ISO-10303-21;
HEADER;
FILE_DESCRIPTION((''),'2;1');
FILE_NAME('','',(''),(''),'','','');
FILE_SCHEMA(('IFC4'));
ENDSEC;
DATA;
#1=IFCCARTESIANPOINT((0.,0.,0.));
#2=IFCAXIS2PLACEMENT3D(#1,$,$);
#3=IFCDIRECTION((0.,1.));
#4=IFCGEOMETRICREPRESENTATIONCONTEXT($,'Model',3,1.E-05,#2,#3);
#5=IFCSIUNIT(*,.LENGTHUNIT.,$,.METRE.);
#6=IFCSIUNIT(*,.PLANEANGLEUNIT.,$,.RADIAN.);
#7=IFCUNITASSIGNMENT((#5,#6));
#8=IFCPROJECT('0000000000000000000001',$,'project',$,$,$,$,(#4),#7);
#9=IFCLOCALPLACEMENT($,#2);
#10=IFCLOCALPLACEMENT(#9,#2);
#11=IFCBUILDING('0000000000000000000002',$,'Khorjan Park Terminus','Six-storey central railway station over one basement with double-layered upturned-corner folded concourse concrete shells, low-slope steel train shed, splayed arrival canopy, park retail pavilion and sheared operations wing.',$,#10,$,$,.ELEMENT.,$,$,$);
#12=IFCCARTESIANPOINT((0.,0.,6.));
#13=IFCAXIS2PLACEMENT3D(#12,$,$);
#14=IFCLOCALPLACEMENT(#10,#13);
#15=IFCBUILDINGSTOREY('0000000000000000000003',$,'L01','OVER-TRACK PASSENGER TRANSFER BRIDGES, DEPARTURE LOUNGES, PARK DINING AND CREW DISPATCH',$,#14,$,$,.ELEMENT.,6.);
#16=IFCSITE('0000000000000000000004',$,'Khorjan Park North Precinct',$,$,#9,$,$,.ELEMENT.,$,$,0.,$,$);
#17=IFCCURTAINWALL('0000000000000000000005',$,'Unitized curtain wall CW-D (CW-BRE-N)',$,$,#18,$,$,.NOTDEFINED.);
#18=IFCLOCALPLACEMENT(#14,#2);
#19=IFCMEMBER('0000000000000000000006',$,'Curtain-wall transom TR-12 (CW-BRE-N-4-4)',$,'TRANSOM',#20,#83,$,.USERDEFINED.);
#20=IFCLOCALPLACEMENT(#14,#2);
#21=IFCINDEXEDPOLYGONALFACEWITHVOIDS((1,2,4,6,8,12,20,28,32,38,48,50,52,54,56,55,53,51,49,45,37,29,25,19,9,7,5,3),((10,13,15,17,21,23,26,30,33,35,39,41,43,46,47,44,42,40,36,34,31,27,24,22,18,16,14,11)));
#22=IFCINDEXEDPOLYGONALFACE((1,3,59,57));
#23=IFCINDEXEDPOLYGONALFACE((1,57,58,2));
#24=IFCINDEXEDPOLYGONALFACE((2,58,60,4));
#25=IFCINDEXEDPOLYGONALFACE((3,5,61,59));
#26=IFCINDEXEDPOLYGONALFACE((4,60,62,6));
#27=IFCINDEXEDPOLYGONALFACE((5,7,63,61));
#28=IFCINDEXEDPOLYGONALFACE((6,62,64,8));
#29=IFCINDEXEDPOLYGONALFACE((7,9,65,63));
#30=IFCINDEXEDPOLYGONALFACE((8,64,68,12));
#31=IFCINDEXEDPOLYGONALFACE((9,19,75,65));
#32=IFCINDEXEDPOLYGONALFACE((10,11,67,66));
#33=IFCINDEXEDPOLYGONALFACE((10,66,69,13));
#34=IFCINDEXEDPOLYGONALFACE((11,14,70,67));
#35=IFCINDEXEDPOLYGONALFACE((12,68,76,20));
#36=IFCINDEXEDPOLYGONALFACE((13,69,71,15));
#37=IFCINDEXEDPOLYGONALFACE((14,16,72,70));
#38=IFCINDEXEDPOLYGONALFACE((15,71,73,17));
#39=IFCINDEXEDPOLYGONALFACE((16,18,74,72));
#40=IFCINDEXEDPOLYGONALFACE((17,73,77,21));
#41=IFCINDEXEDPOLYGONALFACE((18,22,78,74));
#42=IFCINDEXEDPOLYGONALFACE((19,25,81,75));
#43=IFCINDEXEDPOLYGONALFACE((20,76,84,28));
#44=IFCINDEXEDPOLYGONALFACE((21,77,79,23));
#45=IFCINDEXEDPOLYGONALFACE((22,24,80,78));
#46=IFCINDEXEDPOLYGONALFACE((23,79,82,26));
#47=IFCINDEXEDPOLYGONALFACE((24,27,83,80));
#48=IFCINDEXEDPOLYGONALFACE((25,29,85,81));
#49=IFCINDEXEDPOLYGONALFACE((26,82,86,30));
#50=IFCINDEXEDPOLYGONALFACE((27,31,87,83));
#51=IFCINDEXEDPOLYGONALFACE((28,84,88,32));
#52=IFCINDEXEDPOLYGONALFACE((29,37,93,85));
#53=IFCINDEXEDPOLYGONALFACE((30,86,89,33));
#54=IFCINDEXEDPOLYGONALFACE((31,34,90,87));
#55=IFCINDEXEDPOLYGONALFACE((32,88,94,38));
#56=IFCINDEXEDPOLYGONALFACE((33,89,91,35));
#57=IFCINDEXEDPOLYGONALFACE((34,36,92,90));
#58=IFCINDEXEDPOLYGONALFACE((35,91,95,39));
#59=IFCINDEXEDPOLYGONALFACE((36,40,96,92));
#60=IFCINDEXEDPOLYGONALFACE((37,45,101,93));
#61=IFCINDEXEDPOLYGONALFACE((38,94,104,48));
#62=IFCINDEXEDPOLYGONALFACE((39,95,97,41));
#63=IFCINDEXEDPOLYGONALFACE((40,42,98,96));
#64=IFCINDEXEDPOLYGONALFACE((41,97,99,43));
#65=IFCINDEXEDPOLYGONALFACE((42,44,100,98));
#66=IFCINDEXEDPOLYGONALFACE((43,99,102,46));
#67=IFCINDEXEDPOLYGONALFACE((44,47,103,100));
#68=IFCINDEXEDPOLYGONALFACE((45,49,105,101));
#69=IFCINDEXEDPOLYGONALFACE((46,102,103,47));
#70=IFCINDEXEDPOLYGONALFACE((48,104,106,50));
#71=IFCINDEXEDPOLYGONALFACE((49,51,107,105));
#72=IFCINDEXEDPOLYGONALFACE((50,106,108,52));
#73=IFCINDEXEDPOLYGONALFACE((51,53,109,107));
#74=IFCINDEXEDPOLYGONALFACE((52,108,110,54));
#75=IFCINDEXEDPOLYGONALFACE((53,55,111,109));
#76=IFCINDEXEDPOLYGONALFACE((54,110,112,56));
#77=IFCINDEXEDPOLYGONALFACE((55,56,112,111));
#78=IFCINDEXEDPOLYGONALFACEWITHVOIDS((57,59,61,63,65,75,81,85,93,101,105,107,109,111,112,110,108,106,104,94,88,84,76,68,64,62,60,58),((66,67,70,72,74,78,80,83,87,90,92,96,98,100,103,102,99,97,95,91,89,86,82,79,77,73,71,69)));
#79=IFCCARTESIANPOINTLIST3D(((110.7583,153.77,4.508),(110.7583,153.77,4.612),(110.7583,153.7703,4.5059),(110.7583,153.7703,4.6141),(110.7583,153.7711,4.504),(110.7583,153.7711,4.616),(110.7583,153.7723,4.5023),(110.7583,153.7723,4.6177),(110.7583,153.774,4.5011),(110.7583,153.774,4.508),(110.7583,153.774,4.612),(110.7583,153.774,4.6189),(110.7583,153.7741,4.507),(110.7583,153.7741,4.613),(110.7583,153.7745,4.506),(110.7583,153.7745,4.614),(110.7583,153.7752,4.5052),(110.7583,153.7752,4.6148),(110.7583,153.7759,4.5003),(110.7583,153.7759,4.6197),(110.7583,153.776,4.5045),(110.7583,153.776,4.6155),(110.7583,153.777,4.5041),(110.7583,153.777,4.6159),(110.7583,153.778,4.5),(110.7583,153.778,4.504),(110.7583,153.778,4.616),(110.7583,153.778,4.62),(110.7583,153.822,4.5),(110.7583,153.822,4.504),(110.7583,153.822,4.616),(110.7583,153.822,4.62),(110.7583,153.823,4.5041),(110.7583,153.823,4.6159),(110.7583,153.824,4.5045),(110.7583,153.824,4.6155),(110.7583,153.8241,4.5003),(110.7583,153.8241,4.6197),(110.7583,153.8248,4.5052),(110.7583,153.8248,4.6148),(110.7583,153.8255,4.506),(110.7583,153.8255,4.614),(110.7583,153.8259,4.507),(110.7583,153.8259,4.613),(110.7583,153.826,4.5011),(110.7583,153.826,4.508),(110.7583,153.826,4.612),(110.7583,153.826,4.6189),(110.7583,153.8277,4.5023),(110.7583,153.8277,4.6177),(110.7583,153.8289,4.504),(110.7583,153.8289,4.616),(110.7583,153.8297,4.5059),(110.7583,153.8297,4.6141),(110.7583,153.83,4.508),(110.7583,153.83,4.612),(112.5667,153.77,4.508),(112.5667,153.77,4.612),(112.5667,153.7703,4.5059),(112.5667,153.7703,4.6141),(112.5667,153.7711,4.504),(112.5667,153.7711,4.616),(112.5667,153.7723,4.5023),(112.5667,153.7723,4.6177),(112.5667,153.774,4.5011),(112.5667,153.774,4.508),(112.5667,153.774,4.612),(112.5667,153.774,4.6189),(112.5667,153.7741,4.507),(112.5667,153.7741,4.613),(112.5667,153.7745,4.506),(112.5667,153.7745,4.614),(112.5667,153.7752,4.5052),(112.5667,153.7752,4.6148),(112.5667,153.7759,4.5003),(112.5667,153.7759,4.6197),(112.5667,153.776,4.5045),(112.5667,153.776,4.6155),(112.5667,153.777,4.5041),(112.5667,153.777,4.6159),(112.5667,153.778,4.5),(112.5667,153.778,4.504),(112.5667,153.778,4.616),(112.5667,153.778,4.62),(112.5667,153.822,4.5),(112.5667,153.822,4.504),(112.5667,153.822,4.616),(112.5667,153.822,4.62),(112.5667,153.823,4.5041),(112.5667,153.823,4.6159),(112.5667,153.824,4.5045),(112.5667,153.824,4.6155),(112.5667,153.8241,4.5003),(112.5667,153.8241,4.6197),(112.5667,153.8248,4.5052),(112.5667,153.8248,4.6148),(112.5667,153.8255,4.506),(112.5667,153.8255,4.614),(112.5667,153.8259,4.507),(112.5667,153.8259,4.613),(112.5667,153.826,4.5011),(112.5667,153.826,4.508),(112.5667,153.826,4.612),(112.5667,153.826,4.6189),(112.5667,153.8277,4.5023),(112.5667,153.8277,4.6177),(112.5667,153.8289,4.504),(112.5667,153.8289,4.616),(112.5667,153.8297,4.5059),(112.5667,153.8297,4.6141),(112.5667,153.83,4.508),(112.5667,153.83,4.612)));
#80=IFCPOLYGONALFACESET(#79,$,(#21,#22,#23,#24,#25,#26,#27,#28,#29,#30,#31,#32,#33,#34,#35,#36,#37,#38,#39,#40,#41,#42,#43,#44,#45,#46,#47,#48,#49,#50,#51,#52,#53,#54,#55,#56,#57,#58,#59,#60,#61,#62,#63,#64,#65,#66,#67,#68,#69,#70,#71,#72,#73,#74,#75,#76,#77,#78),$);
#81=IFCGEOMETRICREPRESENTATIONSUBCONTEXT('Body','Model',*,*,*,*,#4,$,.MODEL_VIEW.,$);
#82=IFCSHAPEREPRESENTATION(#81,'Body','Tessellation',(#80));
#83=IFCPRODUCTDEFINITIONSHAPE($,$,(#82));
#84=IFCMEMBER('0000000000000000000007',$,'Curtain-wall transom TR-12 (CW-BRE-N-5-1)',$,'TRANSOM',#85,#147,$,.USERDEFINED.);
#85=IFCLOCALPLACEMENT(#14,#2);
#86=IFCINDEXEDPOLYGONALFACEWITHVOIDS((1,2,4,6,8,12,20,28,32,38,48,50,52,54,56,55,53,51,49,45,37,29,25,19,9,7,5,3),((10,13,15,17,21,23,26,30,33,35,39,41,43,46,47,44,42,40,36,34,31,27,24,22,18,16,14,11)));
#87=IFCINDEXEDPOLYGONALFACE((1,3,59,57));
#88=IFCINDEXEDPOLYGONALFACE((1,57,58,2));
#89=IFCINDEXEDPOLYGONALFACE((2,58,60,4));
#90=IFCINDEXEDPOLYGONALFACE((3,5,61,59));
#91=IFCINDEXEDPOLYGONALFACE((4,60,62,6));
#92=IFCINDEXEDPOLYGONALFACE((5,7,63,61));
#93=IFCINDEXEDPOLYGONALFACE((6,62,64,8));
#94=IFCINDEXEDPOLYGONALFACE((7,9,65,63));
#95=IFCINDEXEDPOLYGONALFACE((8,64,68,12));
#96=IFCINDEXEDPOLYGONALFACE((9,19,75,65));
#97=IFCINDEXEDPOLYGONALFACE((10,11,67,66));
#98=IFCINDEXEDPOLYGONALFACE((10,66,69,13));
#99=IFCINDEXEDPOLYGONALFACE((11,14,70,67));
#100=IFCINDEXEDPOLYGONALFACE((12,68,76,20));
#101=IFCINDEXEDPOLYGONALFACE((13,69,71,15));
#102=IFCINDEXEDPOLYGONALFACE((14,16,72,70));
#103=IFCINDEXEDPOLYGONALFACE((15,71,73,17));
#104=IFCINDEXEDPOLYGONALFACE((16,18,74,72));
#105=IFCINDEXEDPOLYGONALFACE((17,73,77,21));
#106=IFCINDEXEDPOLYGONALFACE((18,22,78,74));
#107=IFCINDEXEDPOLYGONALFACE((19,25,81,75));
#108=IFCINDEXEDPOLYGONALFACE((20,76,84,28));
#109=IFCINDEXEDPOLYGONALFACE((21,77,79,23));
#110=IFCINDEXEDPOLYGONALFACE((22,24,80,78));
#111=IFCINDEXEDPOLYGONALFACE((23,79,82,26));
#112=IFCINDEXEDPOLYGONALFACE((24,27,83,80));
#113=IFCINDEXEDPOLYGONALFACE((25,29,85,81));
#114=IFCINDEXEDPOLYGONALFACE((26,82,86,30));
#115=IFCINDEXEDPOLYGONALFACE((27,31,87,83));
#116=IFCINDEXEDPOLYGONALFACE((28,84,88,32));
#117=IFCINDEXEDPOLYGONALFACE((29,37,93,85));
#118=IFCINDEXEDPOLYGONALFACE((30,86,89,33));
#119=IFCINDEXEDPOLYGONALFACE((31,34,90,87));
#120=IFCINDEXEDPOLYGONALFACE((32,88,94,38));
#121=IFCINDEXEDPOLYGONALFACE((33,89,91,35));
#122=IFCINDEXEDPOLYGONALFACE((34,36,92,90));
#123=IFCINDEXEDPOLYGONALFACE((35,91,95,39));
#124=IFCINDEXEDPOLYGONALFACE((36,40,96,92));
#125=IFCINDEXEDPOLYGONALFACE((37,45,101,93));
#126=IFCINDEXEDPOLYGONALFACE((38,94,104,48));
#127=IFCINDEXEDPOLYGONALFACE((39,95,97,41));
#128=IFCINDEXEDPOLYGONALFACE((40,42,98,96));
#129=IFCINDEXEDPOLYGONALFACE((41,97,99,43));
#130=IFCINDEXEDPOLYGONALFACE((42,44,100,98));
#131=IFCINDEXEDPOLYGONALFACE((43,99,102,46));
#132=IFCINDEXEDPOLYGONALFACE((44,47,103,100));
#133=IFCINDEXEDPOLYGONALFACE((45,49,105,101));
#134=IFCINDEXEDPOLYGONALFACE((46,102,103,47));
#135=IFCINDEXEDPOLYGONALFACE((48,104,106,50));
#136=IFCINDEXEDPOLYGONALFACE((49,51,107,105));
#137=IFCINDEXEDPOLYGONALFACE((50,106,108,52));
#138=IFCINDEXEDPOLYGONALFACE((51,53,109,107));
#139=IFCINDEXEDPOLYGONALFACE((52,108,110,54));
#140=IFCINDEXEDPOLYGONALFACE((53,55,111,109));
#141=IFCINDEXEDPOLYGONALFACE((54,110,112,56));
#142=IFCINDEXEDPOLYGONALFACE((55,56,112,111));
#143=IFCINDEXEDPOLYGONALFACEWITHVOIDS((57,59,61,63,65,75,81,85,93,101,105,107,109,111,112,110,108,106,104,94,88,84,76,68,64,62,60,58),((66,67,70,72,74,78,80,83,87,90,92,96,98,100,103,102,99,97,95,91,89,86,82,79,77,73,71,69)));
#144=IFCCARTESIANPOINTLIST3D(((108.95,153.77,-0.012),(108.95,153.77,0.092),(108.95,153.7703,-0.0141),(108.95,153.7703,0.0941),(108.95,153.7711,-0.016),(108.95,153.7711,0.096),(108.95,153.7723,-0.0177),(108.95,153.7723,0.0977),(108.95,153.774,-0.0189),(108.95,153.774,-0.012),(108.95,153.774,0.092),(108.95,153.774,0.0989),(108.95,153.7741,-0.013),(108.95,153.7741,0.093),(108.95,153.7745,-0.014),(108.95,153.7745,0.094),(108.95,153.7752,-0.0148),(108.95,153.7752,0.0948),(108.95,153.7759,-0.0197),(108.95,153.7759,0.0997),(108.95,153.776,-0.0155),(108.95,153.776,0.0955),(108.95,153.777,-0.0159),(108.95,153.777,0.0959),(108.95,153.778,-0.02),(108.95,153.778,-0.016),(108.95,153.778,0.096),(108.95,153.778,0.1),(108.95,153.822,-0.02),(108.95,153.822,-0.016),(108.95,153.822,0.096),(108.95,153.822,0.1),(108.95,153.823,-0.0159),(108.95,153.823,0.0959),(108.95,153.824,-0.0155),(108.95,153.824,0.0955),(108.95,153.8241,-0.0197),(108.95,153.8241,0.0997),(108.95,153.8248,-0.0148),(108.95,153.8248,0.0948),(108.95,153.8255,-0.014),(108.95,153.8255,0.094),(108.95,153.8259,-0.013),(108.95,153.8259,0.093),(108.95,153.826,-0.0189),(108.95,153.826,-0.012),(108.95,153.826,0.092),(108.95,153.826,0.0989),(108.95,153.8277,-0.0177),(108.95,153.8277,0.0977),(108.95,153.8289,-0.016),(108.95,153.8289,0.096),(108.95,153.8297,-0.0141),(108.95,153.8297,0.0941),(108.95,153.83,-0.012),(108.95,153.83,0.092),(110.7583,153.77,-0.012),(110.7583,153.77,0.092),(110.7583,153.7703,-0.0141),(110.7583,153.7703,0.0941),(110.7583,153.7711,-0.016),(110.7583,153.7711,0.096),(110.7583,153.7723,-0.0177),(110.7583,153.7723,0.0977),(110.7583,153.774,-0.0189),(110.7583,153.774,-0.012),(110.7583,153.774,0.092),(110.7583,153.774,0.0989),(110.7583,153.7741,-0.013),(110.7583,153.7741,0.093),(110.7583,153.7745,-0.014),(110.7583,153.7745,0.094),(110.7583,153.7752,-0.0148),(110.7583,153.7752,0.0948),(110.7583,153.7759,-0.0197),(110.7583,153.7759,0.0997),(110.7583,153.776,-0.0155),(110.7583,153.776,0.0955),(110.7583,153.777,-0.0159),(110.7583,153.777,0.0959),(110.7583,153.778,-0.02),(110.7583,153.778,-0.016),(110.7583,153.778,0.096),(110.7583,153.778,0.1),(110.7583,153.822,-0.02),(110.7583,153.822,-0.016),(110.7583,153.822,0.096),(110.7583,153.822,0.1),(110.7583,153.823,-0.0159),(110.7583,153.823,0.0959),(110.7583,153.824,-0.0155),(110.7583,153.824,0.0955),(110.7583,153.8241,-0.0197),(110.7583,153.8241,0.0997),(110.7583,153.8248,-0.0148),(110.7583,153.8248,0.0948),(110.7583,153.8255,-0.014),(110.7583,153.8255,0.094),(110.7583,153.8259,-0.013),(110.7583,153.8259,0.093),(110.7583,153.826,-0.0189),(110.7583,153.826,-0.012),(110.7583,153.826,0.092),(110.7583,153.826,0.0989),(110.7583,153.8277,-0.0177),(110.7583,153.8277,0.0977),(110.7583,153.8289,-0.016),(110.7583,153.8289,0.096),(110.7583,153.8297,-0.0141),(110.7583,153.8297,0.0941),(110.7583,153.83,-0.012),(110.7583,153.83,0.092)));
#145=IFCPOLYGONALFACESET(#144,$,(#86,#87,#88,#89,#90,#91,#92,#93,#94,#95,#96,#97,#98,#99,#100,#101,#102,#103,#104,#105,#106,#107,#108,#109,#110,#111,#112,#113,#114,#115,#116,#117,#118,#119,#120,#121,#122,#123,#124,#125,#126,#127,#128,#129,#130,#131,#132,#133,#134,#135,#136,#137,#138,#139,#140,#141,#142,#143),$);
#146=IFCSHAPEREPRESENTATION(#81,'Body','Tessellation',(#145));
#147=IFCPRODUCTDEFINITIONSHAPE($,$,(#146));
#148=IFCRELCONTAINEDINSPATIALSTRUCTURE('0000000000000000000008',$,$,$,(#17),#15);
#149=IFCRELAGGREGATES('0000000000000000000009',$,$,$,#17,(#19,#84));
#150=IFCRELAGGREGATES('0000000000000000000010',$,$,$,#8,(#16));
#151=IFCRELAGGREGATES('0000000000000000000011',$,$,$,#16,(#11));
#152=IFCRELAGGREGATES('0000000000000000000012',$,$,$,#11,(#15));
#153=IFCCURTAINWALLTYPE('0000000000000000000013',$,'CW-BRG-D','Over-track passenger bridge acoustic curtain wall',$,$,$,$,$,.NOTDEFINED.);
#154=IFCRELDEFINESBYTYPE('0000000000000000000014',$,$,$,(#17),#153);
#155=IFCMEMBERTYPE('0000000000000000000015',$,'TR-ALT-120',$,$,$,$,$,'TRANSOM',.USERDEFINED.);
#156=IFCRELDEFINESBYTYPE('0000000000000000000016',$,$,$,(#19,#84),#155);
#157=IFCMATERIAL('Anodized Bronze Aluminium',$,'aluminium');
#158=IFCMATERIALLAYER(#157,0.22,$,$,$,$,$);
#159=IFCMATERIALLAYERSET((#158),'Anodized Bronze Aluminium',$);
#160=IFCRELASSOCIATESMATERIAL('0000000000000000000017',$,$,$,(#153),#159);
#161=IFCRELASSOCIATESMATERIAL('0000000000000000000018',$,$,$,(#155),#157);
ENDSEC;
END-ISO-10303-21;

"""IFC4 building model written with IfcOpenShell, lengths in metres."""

from ifc_helpers import new_model, si_unit, direction, frame, origin, origin_2d, place, context, subcontext, project, spatial, hollow_rectangle, extrude, material, layer, layer_set, material_profile, profile_set, type_object, element, aggregate, save


model = new_model("IFC4")

# Units and contexts
model_context = context("Model", 3, precision=1e-05, world=origin(), true_north=direction((0.0, 1.0)))
body_context = subcontext(model_context, "Body", "Model", "MODEL_VIEW")
ifc_project = project(units=[si_unit("LENGTHUNIT", "METRE"), si_unit("PLANEANGLEUNIT", "RADIAN")], contexts=[model_context])

# Site, building, storey
site_placement = place(None, origin())
site = spatial("IfcSite", under=ifc_project, at=site_placement, Name="Khorjan Park North Precinct", CompositionType="ELEMENT", RefElevation=0.0)
building_placement = place(site_placement, origin())
building = spatial("IfcBuilding", under=site, at=building_placement, Name="Khorjan Park Terminus", Description="Six-storey central railway station over one basement with double-layered upturned-corner folded concourse concrete shells, low-slope steel train shed, splayed arrival canopy, park retail pavilion and sheared operations wing.", CompositionType="ELEMENT")
storey_placement = place(building_placement, frame((0.0, 0.0, 6.0)))
storey = spatial("IfcBuildingStorey", under=building, at=storey_placement, Name="L01", Description="OVER-TRACK PASSENGER TRANSFER BRIDGES, DEPARTURE LOUNGES, PARK DINING AND CREW DISPATCH", CompositionType="ELEMENT", Elevation=6.0)

# Curtain wall, members
ifc_material_1 = material(Name="Anodized Bronze Aluminium", Category="aluminium")
ifc_layer_1 = layer(ifc_material_1, 0.22)
ifc_layer_set_1 = layer_set([ifc_layer_1], Name="Anodized Bronze Aluminium")
curtain_wall_type = type_object("IfcCurtainWallType", Name="CW-BRG-D", Description="Over-track passenger bridge acoustic curtain wall", PredefinedType="NOTDEFINED", material=ifc_layer_set_1)
curtain_wall_placement = place(storey_placement, origin())
curtain_wall = element("IfcCurtainWall", 1, at=curtain_wall_placement, inside=storey, type_object=curtain_wall_type, Name="Unitized curtain wall CW-D (CW-BRE-N)", PredefinedType="NOTDEFINED")
ifc_material_profile_1 = material_profile(ifc_material_1, hollow_rectangle(XDim=0.06, YDim=0.12, WallThickness=0.004, InnerFilletRadius=0.004, OuterFilletRadius=0.008, at=origin_2d()), Name="ALT 60x120x4")
ifc_profile_set_1 = profile_set([ifc_material_profile_1], Name="Anodized Bronze Aluminium")
member_type_1 = type_object("IfcMemberType", Name="TR-ALT-120", ElementType="TRANSOM", PredefinedType="USERDEFINED", material=ifc_profile_set_1)
member_1_placement = place(storey_placement, frame((112.5667, 153.8, 4.56), z_axis=(-1.0, 0.0, 0.0), x_axis=(0.0, -1.0, 0.0)))
member_1 = element("IfcMember", 2, at=member_1_placement, type_object=member_type_1, Name="Curtain-wall transom TR-12 (CW-BRE-N-4-4)", ObjectType="TRANSOM", PredefinedType="USERDEFINED", context=body_context, shape_type="SweptSolid", body=[
    extrude(hollow_rectangle(XDim=0.06, YDim=0.12, WallThickness=0.004, InnerFilletRadius=0.004, OuterFilletRadius=0.008, at=origin_2d()), origin(), (0.0, 0.0, 1.0), 1.8084),
])
member_2_placement = place(storey_placement, frame((110.7583, 153.8, 0.04), z_axis=(-1.0, 0.0, 0.0), x_axis=(0.0, -1.0, 0.0)))
member_2 = element("IfcMember", 3, at=member_2_placement, type_object=member_type_1, Name="Curtain-wall transom TR-12 (CW-BRE-N-5-1)", ObjectType="TRANSOM", PredefinedType="USERDEFINED", context=body_context, shape_type="SweptSolid", body=[
    extrude(hollow_rectangle(XDim=0.06, YDim=0.12, WallThickness=0.004, InnerFilletRadius=0.004, OuterFilletRadius=0.008, at=origin_2d()), origin(), (0.0, 0.0, 1.0), 1.8083),
])
aggregate(curtain_wall, [member_1, member_2])

save(model, "model.ifc")
